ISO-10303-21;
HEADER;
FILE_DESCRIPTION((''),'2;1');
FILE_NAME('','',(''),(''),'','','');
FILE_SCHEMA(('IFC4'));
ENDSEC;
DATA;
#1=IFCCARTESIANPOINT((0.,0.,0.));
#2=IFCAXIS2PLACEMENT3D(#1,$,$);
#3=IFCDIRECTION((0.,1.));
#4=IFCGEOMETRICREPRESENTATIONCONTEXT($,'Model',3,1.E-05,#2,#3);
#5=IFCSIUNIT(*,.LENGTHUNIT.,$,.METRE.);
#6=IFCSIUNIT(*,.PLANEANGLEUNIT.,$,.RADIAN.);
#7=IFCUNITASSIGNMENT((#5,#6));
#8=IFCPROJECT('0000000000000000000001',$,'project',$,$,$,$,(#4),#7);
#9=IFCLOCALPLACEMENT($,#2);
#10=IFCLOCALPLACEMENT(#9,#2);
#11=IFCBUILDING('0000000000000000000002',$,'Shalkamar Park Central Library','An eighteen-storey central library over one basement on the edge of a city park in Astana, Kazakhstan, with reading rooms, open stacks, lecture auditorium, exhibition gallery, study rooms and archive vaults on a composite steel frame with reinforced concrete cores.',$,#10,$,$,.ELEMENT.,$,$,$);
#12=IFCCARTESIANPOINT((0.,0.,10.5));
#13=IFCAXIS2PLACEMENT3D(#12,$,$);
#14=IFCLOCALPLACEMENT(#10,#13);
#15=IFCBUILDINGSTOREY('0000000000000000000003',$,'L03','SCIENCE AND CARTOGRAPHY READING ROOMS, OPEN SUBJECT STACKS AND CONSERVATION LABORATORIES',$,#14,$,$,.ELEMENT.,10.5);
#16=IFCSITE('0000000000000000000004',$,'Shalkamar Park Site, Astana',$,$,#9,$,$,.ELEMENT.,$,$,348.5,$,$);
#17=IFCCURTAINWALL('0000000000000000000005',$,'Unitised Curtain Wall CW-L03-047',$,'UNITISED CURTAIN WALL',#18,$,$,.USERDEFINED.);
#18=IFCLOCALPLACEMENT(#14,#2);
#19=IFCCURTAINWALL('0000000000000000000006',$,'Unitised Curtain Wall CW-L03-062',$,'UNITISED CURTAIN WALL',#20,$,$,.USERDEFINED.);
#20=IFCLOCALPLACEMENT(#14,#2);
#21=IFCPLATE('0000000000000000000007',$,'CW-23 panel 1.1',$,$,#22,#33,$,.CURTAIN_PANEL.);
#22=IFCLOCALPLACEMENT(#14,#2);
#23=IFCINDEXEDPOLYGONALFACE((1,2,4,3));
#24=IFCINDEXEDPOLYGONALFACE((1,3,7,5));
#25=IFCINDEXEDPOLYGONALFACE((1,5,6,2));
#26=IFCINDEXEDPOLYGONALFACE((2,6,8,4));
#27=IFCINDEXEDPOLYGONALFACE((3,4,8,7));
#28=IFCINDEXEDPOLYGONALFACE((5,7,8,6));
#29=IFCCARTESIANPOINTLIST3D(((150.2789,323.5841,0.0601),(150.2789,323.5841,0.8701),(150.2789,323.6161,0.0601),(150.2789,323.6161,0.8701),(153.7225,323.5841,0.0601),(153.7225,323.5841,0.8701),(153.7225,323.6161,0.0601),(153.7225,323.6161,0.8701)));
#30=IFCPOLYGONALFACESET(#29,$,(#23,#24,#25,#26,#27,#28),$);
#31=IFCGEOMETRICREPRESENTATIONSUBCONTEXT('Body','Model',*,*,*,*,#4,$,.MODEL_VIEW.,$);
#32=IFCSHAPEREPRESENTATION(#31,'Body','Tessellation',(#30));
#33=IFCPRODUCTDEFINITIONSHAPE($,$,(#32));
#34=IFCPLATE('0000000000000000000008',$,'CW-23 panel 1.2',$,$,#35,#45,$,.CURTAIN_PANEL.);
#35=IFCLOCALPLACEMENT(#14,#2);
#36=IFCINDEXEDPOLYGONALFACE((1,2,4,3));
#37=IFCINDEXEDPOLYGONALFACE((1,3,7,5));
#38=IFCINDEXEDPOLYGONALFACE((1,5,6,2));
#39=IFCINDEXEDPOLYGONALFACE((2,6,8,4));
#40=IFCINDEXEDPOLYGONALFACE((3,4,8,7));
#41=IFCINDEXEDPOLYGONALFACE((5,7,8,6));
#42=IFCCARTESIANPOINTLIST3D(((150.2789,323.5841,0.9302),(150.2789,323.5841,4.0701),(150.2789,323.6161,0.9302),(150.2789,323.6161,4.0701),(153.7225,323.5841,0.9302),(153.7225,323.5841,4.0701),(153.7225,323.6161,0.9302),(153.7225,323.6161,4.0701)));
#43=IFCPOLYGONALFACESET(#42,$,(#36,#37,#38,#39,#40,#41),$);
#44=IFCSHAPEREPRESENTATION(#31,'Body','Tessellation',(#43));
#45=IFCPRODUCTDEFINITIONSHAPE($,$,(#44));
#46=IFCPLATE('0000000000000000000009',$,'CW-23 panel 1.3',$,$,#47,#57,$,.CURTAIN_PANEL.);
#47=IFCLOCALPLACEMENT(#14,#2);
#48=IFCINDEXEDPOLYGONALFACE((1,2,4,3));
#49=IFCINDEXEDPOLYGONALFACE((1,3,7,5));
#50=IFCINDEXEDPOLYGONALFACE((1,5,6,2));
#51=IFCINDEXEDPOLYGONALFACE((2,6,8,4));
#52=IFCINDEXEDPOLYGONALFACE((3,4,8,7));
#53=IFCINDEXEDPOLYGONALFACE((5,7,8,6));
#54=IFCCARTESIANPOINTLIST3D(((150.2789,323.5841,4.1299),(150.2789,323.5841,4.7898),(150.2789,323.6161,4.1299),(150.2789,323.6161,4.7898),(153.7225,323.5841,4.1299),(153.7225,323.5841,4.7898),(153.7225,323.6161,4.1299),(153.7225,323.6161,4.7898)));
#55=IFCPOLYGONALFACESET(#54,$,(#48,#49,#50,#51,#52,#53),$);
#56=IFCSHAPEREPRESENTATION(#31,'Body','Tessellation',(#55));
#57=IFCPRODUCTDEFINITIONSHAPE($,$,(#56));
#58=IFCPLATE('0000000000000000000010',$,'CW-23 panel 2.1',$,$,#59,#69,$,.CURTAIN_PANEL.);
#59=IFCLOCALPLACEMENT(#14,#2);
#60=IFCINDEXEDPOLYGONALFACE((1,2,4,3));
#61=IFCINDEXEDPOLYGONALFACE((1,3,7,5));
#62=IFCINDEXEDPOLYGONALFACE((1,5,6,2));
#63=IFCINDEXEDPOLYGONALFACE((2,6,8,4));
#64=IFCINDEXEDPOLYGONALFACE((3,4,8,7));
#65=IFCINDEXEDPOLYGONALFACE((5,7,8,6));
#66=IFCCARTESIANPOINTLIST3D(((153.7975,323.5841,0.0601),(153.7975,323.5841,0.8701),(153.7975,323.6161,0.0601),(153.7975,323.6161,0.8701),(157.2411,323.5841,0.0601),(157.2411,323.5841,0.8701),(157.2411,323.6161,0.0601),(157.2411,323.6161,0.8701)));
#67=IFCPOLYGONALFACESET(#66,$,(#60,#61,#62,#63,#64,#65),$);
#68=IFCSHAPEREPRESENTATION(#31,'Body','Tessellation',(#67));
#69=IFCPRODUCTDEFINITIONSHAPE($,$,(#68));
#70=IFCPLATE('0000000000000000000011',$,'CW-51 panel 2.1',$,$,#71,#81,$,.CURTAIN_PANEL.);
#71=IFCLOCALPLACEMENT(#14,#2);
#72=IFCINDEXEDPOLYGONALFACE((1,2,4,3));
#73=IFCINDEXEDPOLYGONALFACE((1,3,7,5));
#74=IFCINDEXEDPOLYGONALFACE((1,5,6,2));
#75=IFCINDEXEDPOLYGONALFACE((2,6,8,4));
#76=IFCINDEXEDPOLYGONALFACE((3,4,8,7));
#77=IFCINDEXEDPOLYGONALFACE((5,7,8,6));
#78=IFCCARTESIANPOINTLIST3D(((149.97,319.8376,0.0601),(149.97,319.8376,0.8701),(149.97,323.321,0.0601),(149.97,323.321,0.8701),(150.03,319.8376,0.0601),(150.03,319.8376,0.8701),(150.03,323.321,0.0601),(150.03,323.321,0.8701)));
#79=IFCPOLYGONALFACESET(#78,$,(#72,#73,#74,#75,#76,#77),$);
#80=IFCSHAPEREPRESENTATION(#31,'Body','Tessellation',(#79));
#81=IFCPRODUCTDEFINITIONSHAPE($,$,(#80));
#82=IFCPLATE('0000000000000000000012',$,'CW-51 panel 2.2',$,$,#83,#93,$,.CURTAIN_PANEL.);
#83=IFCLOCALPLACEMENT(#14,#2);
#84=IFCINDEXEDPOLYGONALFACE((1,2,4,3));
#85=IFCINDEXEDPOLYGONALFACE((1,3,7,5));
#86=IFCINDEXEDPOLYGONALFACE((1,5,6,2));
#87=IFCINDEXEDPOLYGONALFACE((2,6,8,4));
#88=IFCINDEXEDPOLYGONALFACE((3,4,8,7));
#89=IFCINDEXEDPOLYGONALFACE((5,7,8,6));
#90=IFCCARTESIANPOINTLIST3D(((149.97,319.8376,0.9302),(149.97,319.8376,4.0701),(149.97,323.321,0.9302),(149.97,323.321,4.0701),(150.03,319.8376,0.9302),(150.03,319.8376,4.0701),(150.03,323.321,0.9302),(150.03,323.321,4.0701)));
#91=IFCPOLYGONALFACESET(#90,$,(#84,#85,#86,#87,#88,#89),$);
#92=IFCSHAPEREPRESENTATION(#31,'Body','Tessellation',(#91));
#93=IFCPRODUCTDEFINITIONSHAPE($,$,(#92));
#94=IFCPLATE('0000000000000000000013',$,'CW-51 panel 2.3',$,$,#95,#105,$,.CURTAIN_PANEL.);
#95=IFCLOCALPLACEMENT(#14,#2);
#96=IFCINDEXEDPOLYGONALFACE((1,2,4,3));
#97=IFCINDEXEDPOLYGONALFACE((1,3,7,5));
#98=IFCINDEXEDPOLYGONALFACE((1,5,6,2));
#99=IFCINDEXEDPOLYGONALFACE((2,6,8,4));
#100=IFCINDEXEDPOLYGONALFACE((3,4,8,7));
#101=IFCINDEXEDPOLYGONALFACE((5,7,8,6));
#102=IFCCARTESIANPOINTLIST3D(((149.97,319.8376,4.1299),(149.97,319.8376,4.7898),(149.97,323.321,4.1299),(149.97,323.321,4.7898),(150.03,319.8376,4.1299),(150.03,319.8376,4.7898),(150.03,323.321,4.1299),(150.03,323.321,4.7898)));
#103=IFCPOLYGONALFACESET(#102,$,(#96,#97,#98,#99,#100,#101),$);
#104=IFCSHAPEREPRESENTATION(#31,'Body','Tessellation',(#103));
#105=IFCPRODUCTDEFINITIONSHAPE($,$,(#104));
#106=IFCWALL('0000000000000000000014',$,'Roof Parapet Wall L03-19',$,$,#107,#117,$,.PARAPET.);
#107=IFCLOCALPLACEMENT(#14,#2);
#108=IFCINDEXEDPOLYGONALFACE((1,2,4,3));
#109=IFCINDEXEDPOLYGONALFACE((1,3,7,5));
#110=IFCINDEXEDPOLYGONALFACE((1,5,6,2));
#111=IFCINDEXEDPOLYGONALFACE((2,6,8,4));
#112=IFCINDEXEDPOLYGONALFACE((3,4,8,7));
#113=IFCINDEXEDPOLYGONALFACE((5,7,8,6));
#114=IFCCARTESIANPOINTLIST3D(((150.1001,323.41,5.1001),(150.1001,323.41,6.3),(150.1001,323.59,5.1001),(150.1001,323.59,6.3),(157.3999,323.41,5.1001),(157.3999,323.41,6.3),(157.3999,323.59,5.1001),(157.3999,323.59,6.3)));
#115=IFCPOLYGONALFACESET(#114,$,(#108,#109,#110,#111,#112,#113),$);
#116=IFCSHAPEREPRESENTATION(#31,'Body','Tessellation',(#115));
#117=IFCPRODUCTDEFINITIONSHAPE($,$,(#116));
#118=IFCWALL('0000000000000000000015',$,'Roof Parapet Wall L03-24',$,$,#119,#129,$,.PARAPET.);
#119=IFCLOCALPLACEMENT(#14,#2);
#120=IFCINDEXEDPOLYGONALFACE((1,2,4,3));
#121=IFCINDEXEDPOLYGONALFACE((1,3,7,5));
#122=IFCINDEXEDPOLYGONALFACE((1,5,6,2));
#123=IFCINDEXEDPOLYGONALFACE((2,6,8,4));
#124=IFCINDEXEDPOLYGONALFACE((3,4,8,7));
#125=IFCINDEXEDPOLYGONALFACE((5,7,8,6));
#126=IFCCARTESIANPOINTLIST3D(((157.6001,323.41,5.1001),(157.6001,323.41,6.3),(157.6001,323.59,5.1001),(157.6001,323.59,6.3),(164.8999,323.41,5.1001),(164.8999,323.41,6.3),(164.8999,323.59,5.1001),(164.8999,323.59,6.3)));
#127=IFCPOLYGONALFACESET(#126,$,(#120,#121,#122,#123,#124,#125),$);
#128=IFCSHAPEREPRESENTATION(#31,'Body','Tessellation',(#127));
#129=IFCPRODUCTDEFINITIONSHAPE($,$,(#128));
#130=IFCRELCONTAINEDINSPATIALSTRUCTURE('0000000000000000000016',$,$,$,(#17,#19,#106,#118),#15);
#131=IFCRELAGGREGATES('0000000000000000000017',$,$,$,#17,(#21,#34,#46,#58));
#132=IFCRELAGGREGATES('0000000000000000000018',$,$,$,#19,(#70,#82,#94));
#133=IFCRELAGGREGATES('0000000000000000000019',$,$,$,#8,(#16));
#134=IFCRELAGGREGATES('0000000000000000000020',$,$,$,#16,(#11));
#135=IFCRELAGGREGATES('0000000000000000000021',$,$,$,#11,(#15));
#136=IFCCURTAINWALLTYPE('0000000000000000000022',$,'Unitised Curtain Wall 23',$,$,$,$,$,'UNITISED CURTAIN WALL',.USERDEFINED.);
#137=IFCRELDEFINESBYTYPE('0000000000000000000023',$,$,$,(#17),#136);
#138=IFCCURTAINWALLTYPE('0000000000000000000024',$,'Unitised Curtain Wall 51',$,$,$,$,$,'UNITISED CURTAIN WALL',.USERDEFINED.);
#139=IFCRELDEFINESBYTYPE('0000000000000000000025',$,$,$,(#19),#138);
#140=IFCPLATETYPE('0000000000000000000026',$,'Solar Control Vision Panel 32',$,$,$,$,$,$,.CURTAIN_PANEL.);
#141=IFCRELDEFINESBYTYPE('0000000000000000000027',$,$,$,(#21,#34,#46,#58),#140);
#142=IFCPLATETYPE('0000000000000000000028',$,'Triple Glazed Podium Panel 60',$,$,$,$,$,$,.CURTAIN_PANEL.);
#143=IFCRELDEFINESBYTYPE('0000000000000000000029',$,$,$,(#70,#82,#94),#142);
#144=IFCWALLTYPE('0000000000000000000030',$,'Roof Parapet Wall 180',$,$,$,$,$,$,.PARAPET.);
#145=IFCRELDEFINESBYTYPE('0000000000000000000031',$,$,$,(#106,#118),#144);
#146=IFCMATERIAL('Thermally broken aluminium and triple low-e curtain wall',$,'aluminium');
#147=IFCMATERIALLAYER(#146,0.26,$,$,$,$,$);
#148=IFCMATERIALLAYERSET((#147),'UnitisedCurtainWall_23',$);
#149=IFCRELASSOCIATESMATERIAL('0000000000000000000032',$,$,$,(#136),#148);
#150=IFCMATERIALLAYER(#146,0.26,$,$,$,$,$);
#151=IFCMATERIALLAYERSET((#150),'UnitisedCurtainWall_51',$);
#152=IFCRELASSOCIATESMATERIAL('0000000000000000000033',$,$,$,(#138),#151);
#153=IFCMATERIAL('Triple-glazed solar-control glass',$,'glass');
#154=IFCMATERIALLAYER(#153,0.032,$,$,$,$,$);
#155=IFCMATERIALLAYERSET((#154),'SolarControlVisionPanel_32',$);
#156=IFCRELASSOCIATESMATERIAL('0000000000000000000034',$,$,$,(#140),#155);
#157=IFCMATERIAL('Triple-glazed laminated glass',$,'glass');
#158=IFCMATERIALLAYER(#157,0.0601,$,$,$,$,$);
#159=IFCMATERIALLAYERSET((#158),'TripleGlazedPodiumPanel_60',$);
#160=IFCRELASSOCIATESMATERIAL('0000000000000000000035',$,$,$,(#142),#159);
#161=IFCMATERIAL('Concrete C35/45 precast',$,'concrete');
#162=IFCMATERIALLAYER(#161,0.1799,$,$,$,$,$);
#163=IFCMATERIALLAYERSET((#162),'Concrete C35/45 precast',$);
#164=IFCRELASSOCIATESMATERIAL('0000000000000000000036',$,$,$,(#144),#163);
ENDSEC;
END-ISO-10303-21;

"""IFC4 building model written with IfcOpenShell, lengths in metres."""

from ifc_helpers import new_model, si_unit, direction, frame, frame_2d, origin, origin_2d, place, context, subcontext, project, spatial, rectangle, extrude, material, layer, layer_set, type_object, element, aggregate, save


model = new_model("IFC4")

# Units and contexts
model_context = context("Model", 3, precision=1e-05, world=origin(), true_north=direction((0.0, 1.0)))
body_context = subcontext(model_context, "Body", "Model", "MODEL_VIEW")
ifc_project = project(units=[si_unit("LENGTHUNIT", "METRE"), si_unit("PLANEANGLEUNIT", "RADIAN")], contexts=[model_context])

# Site, building, storey
site_placement = place(None, origin())
site = spatial("IfcSite", under=ifc_project, at=site_placement, Name="Shalkamar Park Site, Astana", CompositionType="ELEMENT", RefElevation=348.5)
building_placement = place(site_placement, origin())
building = spatial("IfcBuilding", under=site, at=building_placement, Name="Shalkamar Park Central Library", Description="An eighteen-storey central library over one basement on the edge of a city park in Astana, Kazakhstan, with reading rooms, open stacks, lecture auditorium, exhibition gallery, study rooms and archive vaults on a composite steel frame with reinforced concrete cores.", CompositionType="ELEMENT")
storey_placement = place(building_placement, frame((0.0, 0.0, 10.5)))
storey = spatial("IfcBuildingStorey", under=building, at=storey_placement, Name="L03", Description="SCIENCE AND CARTOGRAPHY READING ROOMS, OPEN SUBJECT STACKS AND CONSERVATION LABORATORIES", CompositionType="ELEMENT", Elevation=10.5)

# Curtain wall
ifc_material_1 = material(Name="Thermally broken aluminium and triple low-e curtain wall", Category="aluminium")
ifc_layer_1 = layer(ifc_material_1, 0.26)
ifc_layer_set_1 = layer_set([ifc_layer_1], Name="UnitisedCurtainWall_23")
curtain_wall_type_1 = type_object("IfcCurtainWallType", Name="Unitised Curtain Wall 23", ElementType="UNITISED CURTAIN WALL", PredefinedType="USERDEFINED", material=ifc_layer_set_1)
curtain_wall_1_placement = place(storey_placement, origin())
curtain_wall_1 = element("IfcCurtainWall", 1, at=curtain_wall_1_placement, inside=storey, type_object=curtain_wall_type_1, Name="Unitised Curtain Wall CW-L03-047", ObjectType="UNITISED CURTAIN WALL", PredefinedType="USERDEFINED")

# Curtain wall
ifc_layer_2 = layer(ifc_material_1, 0.26)
ifc_layer_set_2 = layer_set([ifc_layer_2], Name="UnitisedCurtainWall_51")
curtain_wall_type_2 = type_object("IfcCurtainWallType", Name="Unitised Curtain Wall 51", ElementType="UNITISED CURTAIN WALL", PredefinedType="USERDEFINED", material=ifc_layer_set_2)
curtain_wall_2_placement = place(storey_placement, origin())
curtain_wall_2 = element("IfcCurtainWall", 2, at=curtain_wall_2_placement, inside=storey, type_object=curtain_wall_type_2, Name="Unitised Curtain Wall CW-L03-062", ObjectType="UNITISED CURTAIN WALL", PredefinedType="USERDEFINED")

# Plates
ifc_material_2 = material(Name="Triple-glazed solar-control glass", Category="glass")
ifc_layer_3 = layer(ifc_material_2, 0.032)
ifc_layer_set_3 = layer_set([ifc_layer_3], Name="SolarControlVisionPanel_32")
plate_type_1 = type_object("IfcPlateType", Name="Solar Control Vision Panel 32", PredefinedType="CURTAIN_PANEL", material=ifc_layer_set_3)
plate_1_placement = place(storey_placement, frame((152.0007, 323.6001, 0.0601), z_axis=(0.0, 0.0, 1.0), x_axis=(1.0, 0.0, 0.0)))
plate_1 = element("IfcPlate", 3, at=plate_1_placement, type_object=plate_type_1, Name="CW-23 panel 1.1", PredefinedType="CURTAIN_PANEL", context=body_context, shape_type="SweptSolid", body=[
    extrude(rectangle(XDim=3.4436, YDim=0.032, at=origin_2d()), origin(), (0.0, 0.0, 1.0), 0.8101),
])
plate_2_placement = place(storey_placement, frame((152.0007, 323.6001, 0.9302), z_axis=(0.0, 0.0, 1.0), x_axis=(1.0, 0.0, 0.0)))
plate_2 = element("IfcPlate", 4, at=plate_2_placement, type_object=plate_type_1, Name="CW-23 panel 1.2", PredefinedType="CURTAIN_PANEL", context=body_context, shape_type="SweptSolid", body=[
    extrude(rectangle(XDim=3.4436, YDim=0.032, at=origin_2d()), origin(), (0.0, 0.0, 1.0), 3.1399),
])
plate_3_placement = place(storey_placement, frame((152.0007, 323.6001, 4.1299), z_axis=(0.0, 0.0, 1.0), x_axis=(1.0, 0.0, 0.0)))
plate_3 = element("IfcPlate", 5, at=plate_3_placement, type_object=plate_type_1, Name="CW-23 panel 1.3", PredefinedType="CURTAIN_PANEL", context=body_context, shape_type="SweptSolid", body=[
    extrude(rectangle(XDim=3.4436, YDim=0.032, at=origin_2d()), origin(), (0.0, 0.0, 1.0), 0.6599),
])
plate_4_placement = place(storey_placement, frame((155.5193, 323.6001, 0.0601), z_axis=(0.0, 0.0, 1.0), x_axis=(1.0, 0.0, 0.0)))
plate_4 = element("IfcPlate", 6, at=plate_4_placement, type_object=plate_type_1, Name="CW-23 panel 2.1", PredefinedType="CURTAIN_PANEL", context=body_context, shape_type="SweptSolid", body=[
    extrude(rectangle(XDim=3.4436, YDim=0.032, at=origin_2d()), origin(), (0.0, 0.0, 1.0), 0.8101),
])
aggregate(curtain_wall_1, [plate_1, plate_2, plate_3, plate_4])
ifc_material_3 = material(Name="Triple-glazed laminated glass", Category="glass")
ifc_layer_4 = layer(ifc_material_3, 0.0601)
ifc_layer_set_4 = layer_set([ifc_layer_4], Name="TripleGlazedPodiumPanel_60")
plate_type_2 = type_object("IfcPlateType", Name="Triple Glazed Podium Panel 60", PredefinedType="CURTAIN_PANEL", material=ifc_layer_set_4)
plate_5_placement = place(storey_placement, frame((150.0, 321.5793, 0.0601), z_axis=(0.0, 0.0, 1.0), x_axis=(0.0, 1.0, 0.0)))
plate_5 = element("IfcPlate", 7, at=plate_5_placement, type_object=plate_type_2, Name="CW-51 panel 2.1", PredefinedType="CURTAIN_PANEL", context=body_context, shape_type="SweptSolid", body=[
    extrude(rectangle(XDim=3.4834, YDim=0.0601, at=origin_2d()), origin(), (0.0, 0.0, 1.0), 0.8101),
])
plate_6_placement = place(storey_placement, frame((150.0, 321.5793, 0.9302), z_axis=(0.0, 0.0, 1.0), x_axis=(0.0, 1.0, 0.0)))
plate_6 = element("IfcPlate", 8, at=plate_6_placement, type_object=plate_type_2, Name="CW-51 panel 2.2", PredefinedType="CURTAIN_PANEL", context=body_context, shape_type="SweptSolid", body=[
    extrude(rectangle(XDim=3.4834, YDim=0.0601, at=origin_2d()), origin(), (0.0, 0.0, 1.0), 3.1399),
])
plate_7_placement = place(storey_placement, frame((150.0, 321.5793, 4.1299), z_axis=(0.0, 0.0, 1.0), x_axis=(0.0, 1.0, 0.0)))
plate_7 = element("IfcPlate", 9, at=plate_7_placement, type_object=plate_type_2, Name="CW-51 panel 2.3", PredefinedType="CURTAIN_PANEL", context=body_context, shape_type="SweptSolid", body=[
    extrude(rectangle(XDim=3.4834, YDim=0.0601, at=origin_2d()), origin(), (0.0, 0.0, 1.0), 0.6599),
])
aggregate(curtain_wall_2, [plate_5, plate_6, plate_7])

# Walls
ifc_material_4 = material(Name="Concrete C35/45 precast", Category="concrete")
ifc_layer_5 = layer(ifc_material_4, 0.1799)
ifc_layer_set_5 = layer_set([ifc_layer_5], Name="Concrete C35/45 precast")
wall_type = type_object("IfcWallType", Name="Roof Parapet Wall 180", PredefinedType="PARAPET", material=ifc_layer_set_5)
for number, where, z_axis, x_axis, name in (
    (10, (150.1001, 323.5, 5.1001), (0.0, 0.0, 1.0), (1.0, 0.0, 0.0), "Roof Parapet Wall L03-19"),
    (11, (157.6001, 323.5, 5.1001), (0.0, 0.0, 1.0), (1.0, 0.0, 0.0), "Roof Parapet Wall L03-24"),
):
    element("IfcWall", number, at=place(storey_placement, frame(where, z_axis=z_axis, x_axis=x_axis)), inside=storey, type_object=wall_type, Name=name, PredefinedType="PARAPET", context=body_context, shape_type="SweptSolid", body=[
        extrude(rectangle(XDim=7.2998, YDim=0.1799, at=frame_2d((3.6499, 0.0))), origin(), (0.0, 0.0, 1.0), 1.2),
    ])

save(model, "model.ifc")
